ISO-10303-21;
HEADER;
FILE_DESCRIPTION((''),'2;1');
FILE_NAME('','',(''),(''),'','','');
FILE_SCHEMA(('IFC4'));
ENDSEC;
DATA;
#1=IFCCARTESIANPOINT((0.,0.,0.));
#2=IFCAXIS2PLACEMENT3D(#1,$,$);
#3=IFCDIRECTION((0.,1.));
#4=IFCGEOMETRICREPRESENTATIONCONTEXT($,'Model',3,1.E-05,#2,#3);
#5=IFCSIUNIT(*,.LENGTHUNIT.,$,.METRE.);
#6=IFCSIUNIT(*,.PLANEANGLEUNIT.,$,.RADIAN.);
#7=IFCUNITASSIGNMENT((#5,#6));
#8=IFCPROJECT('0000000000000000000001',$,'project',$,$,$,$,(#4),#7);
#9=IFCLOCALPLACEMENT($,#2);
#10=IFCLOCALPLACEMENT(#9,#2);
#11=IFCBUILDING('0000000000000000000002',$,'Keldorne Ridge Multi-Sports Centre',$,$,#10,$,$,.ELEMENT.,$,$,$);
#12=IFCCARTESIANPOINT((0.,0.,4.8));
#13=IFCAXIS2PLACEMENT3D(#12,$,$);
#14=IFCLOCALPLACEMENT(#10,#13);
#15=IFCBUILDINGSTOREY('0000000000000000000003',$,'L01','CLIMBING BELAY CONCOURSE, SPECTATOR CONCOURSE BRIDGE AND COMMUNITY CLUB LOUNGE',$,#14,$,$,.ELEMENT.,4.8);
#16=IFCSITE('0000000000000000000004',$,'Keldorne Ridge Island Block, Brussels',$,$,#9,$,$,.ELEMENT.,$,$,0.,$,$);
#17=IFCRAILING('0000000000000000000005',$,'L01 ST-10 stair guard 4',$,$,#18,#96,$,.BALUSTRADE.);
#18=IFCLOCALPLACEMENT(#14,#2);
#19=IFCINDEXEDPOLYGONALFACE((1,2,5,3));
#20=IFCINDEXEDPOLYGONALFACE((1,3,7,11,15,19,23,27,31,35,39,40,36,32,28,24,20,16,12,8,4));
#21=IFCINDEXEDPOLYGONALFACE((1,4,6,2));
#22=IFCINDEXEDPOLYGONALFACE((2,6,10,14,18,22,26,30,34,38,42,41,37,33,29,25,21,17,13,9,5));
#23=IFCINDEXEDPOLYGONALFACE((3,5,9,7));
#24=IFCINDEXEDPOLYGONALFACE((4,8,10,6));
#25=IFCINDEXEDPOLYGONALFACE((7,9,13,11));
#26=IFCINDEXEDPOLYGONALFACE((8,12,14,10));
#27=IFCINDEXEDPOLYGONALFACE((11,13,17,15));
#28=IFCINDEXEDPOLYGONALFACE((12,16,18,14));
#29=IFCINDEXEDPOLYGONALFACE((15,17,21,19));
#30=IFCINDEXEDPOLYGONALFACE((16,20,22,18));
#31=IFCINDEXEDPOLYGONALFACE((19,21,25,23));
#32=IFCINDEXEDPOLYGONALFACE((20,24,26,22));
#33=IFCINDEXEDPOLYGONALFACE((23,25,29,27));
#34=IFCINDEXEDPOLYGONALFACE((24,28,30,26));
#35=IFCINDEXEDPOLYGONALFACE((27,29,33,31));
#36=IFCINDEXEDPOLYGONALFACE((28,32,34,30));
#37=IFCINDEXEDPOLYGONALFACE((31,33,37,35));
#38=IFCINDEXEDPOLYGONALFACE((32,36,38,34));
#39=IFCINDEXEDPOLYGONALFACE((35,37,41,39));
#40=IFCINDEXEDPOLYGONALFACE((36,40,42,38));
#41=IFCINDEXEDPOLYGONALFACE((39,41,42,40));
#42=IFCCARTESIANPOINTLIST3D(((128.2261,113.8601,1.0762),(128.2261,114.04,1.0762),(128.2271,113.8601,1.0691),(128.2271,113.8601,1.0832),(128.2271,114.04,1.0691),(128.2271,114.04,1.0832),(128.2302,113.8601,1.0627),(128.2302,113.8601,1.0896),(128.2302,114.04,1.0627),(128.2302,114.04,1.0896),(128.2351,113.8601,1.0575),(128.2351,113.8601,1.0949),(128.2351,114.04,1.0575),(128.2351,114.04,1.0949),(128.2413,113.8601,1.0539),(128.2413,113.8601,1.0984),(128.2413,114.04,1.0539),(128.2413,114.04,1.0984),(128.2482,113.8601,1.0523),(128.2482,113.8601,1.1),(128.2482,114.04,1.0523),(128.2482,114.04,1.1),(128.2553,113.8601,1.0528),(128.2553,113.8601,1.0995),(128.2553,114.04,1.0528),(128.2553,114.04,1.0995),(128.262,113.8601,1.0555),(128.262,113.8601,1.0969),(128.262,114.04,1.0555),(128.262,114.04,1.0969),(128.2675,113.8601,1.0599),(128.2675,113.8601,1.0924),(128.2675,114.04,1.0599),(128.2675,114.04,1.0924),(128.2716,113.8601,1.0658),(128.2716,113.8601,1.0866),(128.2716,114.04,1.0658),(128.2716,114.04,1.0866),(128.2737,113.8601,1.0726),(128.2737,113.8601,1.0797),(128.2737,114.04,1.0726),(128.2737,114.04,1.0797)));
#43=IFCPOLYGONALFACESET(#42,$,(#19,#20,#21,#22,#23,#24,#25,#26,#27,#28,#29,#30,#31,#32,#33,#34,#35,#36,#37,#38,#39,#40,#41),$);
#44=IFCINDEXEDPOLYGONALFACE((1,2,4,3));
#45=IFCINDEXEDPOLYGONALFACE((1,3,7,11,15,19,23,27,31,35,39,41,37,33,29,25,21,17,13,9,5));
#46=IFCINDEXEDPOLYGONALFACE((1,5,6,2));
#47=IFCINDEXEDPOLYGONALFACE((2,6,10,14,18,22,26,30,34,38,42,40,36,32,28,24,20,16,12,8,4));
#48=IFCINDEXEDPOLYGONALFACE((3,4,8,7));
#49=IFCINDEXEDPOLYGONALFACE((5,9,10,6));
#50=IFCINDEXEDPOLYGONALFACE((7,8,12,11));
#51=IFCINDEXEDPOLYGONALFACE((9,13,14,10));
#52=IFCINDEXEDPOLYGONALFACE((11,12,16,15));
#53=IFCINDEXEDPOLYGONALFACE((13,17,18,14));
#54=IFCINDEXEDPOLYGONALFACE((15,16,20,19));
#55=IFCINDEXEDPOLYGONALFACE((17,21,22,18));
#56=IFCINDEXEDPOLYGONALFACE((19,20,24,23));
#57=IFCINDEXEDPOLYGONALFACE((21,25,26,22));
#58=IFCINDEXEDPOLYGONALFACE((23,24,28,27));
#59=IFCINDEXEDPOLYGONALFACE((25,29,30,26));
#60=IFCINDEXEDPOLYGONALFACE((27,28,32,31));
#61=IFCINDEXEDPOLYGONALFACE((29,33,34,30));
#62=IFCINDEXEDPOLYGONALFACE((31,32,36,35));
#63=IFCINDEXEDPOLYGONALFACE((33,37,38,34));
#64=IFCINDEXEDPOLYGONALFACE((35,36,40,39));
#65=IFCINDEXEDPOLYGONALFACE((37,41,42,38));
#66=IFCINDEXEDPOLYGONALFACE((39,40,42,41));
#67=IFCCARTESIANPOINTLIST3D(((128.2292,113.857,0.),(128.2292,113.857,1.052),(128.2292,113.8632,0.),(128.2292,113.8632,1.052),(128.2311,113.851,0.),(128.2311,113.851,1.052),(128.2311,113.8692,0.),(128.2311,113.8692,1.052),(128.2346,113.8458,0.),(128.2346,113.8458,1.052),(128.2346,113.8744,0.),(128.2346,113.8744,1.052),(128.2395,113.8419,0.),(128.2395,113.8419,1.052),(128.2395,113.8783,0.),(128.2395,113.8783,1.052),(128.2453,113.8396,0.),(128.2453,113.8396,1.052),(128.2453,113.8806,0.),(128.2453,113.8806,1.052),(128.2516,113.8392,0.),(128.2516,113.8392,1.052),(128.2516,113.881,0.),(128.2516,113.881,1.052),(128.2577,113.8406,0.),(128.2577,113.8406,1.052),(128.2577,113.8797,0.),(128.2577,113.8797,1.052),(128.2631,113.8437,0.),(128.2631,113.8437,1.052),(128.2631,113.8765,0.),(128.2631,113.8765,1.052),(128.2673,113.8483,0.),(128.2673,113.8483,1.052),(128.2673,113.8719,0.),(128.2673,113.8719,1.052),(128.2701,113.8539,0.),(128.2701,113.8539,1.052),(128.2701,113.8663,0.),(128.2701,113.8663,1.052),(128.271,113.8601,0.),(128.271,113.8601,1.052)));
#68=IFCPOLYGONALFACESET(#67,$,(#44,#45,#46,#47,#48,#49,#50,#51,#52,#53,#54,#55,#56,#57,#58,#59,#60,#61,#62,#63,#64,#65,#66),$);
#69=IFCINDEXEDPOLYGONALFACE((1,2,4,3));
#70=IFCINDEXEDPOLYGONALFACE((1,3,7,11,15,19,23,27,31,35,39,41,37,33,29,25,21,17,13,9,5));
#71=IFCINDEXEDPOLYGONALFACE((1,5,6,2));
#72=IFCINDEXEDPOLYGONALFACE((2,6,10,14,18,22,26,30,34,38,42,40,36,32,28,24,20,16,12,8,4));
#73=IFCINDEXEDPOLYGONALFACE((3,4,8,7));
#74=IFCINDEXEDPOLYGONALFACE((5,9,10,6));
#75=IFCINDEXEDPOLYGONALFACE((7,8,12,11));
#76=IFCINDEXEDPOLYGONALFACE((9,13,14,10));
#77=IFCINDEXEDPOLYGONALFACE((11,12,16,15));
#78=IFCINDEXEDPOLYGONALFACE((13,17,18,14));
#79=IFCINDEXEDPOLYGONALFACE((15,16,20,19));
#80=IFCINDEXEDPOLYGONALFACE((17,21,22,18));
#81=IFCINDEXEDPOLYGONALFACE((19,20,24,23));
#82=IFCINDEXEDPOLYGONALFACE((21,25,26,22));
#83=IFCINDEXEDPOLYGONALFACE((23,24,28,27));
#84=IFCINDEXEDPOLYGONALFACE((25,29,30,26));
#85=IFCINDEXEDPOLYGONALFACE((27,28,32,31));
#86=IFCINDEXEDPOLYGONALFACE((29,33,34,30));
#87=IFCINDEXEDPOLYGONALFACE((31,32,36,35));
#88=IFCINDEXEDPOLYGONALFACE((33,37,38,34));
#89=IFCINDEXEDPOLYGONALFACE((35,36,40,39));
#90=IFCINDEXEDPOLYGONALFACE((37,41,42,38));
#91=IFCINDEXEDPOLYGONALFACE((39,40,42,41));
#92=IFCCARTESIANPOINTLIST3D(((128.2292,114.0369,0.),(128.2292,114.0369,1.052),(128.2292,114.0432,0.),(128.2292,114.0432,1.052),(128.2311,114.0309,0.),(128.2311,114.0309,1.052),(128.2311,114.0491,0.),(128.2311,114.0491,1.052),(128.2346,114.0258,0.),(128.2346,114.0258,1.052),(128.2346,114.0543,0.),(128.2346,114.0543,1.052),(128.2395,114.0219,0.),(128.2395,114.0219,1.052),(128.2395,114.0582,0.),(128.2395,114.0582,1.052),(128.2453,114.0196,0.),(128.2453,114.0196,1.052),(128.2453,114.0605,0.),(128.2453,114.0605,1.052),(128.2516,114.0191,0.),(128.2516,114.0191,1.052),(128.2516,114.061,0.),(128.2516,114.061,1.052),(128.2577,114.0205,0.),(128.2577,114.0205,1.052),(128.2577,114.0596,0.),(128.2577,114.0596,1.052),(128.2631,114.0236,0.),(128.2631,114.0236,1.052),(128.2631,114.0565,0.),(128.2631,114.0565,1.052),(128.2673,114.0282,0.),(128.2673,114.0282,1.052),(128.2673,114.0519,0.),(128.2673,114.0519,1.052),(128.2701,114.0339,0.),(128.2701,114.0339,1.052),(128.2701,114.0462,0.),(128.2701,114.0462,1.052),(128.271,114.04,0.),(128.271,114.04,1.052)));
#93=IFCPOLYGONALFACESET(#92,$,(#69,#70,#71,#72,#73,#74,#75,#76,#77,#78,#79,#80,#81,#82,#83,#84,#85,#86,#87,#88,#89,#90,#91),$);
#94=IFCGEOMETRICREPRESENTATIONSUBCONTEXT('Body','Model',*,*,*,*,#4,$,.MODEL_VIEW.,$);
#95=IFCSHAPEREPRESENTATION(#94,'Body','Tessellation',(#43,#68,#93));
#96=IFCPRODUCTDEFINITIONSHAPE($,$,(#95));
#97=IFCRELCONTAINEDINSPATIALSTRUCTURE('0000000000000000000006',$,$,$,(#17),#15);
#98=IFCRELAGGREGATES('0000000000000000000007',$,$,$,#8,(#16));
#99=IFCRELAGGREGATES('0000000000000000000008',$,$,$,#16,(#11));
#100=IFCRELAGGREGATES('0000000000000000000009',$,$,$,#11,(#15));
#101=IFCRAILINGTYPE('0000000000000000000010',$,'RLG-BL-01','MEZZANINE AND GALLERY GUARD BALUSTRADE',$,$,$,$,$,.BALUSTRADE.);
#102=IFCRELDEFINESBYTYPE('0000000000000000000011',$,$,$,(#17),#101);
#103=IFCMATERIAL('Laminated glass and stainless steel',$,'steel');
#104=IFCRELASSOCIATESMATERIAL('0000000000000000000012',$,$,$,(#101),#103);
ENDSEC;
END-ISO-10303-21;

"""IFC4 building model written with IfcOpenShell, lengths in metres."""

from ifc_helpers import new_model, si_unit, direction, frame, origin, origin_2d, place, context, subcontext, project, spatial, circle, extrude, material, type_object, element, save


model = new_model("IFC4")

# Units and contexts
model_context = context("Model", 3, precision=1e-05, world=origin(), true_north=direction((0.0, 1.0)))
body_context = subcontext(model_context, "Body", "Model", "MODEL_VIEW")
ifc_project = project(units=[si_unit("LENGTHUNIT", "METRE"), si_unit("PLANEANGLEUNIT", "RADIAN")], contexts=[model_context])

# Site, building, storey
site_placement = place(None, origin())
site = spatial("IfcSite", under=ifc_project, at=site_placement, Name="Keldorne Ridge Island Block, Brussels", CompositionType="ELEMENT", RefElevation=0.0)
building_placement = place(site_placement, origin())
building = spatial("IfcBuilding", under=site, at=building_placement, Name="Keldorne Ridge Multi-Sports Centre", CompositionType="ELEMENT")
storey_placement = place(building_placement, frame((0.0, 0.0, 4.8)))
storey = spatial("IfcBuildingStorey", under=building, at=storey_placement, Name="L01", Description="CLIMBING BELAY CONCOURSE, SPECTATOR CONCOURSE BRIDGE AND COMMUNITY CLUB LOUNGE", CompositionType="ELEMENT", Elevation=4.8)

# Railing
ifc_material_1 = material(Name="Laminated glass and stainless steel", Category="steel")
railing_type_1 = type_object("IfcRailingType", Name="RLG-BL-01", Description="MEZZANINE AND GALLERY GUARD BALUSTRADE", PredefinedType="BALUSTRADE", material=ifc_material_1)
railing_1_placement = place(storey_placement, frame((128.25, 113.8601, 0.0)))
element("IfcRailing", 1, at=railing_1_placement, inside=storey, type_object=railing_type_1, Name="L01 ST-10 stair guard 4", PredefinedType="BALUSTRADE", context=body_context, shape_type="SweptSolid", body=[
    extrude(circle(Radius=0.0239, at=origin_2d()), frame((0.0, 0.0, 1.0762), z_axis=(0.0, 1.0, 0.0), x_axis=(-1.0, 0.0, 0.0)), (0.0, 0.0, 1.0), 0.1799),
    extrude(circle(Radius=0.021, at=origin_2d()), origin(), (0.0, 0.0, 1.0), 1.052),
    extrude(circle(Radius=0.021, at=origin_2d()), frame((0.0, 0.1799, 0.0)), (0.0, 0.0, 1.0), 1.052),
])

save(model, "model.ifc")
